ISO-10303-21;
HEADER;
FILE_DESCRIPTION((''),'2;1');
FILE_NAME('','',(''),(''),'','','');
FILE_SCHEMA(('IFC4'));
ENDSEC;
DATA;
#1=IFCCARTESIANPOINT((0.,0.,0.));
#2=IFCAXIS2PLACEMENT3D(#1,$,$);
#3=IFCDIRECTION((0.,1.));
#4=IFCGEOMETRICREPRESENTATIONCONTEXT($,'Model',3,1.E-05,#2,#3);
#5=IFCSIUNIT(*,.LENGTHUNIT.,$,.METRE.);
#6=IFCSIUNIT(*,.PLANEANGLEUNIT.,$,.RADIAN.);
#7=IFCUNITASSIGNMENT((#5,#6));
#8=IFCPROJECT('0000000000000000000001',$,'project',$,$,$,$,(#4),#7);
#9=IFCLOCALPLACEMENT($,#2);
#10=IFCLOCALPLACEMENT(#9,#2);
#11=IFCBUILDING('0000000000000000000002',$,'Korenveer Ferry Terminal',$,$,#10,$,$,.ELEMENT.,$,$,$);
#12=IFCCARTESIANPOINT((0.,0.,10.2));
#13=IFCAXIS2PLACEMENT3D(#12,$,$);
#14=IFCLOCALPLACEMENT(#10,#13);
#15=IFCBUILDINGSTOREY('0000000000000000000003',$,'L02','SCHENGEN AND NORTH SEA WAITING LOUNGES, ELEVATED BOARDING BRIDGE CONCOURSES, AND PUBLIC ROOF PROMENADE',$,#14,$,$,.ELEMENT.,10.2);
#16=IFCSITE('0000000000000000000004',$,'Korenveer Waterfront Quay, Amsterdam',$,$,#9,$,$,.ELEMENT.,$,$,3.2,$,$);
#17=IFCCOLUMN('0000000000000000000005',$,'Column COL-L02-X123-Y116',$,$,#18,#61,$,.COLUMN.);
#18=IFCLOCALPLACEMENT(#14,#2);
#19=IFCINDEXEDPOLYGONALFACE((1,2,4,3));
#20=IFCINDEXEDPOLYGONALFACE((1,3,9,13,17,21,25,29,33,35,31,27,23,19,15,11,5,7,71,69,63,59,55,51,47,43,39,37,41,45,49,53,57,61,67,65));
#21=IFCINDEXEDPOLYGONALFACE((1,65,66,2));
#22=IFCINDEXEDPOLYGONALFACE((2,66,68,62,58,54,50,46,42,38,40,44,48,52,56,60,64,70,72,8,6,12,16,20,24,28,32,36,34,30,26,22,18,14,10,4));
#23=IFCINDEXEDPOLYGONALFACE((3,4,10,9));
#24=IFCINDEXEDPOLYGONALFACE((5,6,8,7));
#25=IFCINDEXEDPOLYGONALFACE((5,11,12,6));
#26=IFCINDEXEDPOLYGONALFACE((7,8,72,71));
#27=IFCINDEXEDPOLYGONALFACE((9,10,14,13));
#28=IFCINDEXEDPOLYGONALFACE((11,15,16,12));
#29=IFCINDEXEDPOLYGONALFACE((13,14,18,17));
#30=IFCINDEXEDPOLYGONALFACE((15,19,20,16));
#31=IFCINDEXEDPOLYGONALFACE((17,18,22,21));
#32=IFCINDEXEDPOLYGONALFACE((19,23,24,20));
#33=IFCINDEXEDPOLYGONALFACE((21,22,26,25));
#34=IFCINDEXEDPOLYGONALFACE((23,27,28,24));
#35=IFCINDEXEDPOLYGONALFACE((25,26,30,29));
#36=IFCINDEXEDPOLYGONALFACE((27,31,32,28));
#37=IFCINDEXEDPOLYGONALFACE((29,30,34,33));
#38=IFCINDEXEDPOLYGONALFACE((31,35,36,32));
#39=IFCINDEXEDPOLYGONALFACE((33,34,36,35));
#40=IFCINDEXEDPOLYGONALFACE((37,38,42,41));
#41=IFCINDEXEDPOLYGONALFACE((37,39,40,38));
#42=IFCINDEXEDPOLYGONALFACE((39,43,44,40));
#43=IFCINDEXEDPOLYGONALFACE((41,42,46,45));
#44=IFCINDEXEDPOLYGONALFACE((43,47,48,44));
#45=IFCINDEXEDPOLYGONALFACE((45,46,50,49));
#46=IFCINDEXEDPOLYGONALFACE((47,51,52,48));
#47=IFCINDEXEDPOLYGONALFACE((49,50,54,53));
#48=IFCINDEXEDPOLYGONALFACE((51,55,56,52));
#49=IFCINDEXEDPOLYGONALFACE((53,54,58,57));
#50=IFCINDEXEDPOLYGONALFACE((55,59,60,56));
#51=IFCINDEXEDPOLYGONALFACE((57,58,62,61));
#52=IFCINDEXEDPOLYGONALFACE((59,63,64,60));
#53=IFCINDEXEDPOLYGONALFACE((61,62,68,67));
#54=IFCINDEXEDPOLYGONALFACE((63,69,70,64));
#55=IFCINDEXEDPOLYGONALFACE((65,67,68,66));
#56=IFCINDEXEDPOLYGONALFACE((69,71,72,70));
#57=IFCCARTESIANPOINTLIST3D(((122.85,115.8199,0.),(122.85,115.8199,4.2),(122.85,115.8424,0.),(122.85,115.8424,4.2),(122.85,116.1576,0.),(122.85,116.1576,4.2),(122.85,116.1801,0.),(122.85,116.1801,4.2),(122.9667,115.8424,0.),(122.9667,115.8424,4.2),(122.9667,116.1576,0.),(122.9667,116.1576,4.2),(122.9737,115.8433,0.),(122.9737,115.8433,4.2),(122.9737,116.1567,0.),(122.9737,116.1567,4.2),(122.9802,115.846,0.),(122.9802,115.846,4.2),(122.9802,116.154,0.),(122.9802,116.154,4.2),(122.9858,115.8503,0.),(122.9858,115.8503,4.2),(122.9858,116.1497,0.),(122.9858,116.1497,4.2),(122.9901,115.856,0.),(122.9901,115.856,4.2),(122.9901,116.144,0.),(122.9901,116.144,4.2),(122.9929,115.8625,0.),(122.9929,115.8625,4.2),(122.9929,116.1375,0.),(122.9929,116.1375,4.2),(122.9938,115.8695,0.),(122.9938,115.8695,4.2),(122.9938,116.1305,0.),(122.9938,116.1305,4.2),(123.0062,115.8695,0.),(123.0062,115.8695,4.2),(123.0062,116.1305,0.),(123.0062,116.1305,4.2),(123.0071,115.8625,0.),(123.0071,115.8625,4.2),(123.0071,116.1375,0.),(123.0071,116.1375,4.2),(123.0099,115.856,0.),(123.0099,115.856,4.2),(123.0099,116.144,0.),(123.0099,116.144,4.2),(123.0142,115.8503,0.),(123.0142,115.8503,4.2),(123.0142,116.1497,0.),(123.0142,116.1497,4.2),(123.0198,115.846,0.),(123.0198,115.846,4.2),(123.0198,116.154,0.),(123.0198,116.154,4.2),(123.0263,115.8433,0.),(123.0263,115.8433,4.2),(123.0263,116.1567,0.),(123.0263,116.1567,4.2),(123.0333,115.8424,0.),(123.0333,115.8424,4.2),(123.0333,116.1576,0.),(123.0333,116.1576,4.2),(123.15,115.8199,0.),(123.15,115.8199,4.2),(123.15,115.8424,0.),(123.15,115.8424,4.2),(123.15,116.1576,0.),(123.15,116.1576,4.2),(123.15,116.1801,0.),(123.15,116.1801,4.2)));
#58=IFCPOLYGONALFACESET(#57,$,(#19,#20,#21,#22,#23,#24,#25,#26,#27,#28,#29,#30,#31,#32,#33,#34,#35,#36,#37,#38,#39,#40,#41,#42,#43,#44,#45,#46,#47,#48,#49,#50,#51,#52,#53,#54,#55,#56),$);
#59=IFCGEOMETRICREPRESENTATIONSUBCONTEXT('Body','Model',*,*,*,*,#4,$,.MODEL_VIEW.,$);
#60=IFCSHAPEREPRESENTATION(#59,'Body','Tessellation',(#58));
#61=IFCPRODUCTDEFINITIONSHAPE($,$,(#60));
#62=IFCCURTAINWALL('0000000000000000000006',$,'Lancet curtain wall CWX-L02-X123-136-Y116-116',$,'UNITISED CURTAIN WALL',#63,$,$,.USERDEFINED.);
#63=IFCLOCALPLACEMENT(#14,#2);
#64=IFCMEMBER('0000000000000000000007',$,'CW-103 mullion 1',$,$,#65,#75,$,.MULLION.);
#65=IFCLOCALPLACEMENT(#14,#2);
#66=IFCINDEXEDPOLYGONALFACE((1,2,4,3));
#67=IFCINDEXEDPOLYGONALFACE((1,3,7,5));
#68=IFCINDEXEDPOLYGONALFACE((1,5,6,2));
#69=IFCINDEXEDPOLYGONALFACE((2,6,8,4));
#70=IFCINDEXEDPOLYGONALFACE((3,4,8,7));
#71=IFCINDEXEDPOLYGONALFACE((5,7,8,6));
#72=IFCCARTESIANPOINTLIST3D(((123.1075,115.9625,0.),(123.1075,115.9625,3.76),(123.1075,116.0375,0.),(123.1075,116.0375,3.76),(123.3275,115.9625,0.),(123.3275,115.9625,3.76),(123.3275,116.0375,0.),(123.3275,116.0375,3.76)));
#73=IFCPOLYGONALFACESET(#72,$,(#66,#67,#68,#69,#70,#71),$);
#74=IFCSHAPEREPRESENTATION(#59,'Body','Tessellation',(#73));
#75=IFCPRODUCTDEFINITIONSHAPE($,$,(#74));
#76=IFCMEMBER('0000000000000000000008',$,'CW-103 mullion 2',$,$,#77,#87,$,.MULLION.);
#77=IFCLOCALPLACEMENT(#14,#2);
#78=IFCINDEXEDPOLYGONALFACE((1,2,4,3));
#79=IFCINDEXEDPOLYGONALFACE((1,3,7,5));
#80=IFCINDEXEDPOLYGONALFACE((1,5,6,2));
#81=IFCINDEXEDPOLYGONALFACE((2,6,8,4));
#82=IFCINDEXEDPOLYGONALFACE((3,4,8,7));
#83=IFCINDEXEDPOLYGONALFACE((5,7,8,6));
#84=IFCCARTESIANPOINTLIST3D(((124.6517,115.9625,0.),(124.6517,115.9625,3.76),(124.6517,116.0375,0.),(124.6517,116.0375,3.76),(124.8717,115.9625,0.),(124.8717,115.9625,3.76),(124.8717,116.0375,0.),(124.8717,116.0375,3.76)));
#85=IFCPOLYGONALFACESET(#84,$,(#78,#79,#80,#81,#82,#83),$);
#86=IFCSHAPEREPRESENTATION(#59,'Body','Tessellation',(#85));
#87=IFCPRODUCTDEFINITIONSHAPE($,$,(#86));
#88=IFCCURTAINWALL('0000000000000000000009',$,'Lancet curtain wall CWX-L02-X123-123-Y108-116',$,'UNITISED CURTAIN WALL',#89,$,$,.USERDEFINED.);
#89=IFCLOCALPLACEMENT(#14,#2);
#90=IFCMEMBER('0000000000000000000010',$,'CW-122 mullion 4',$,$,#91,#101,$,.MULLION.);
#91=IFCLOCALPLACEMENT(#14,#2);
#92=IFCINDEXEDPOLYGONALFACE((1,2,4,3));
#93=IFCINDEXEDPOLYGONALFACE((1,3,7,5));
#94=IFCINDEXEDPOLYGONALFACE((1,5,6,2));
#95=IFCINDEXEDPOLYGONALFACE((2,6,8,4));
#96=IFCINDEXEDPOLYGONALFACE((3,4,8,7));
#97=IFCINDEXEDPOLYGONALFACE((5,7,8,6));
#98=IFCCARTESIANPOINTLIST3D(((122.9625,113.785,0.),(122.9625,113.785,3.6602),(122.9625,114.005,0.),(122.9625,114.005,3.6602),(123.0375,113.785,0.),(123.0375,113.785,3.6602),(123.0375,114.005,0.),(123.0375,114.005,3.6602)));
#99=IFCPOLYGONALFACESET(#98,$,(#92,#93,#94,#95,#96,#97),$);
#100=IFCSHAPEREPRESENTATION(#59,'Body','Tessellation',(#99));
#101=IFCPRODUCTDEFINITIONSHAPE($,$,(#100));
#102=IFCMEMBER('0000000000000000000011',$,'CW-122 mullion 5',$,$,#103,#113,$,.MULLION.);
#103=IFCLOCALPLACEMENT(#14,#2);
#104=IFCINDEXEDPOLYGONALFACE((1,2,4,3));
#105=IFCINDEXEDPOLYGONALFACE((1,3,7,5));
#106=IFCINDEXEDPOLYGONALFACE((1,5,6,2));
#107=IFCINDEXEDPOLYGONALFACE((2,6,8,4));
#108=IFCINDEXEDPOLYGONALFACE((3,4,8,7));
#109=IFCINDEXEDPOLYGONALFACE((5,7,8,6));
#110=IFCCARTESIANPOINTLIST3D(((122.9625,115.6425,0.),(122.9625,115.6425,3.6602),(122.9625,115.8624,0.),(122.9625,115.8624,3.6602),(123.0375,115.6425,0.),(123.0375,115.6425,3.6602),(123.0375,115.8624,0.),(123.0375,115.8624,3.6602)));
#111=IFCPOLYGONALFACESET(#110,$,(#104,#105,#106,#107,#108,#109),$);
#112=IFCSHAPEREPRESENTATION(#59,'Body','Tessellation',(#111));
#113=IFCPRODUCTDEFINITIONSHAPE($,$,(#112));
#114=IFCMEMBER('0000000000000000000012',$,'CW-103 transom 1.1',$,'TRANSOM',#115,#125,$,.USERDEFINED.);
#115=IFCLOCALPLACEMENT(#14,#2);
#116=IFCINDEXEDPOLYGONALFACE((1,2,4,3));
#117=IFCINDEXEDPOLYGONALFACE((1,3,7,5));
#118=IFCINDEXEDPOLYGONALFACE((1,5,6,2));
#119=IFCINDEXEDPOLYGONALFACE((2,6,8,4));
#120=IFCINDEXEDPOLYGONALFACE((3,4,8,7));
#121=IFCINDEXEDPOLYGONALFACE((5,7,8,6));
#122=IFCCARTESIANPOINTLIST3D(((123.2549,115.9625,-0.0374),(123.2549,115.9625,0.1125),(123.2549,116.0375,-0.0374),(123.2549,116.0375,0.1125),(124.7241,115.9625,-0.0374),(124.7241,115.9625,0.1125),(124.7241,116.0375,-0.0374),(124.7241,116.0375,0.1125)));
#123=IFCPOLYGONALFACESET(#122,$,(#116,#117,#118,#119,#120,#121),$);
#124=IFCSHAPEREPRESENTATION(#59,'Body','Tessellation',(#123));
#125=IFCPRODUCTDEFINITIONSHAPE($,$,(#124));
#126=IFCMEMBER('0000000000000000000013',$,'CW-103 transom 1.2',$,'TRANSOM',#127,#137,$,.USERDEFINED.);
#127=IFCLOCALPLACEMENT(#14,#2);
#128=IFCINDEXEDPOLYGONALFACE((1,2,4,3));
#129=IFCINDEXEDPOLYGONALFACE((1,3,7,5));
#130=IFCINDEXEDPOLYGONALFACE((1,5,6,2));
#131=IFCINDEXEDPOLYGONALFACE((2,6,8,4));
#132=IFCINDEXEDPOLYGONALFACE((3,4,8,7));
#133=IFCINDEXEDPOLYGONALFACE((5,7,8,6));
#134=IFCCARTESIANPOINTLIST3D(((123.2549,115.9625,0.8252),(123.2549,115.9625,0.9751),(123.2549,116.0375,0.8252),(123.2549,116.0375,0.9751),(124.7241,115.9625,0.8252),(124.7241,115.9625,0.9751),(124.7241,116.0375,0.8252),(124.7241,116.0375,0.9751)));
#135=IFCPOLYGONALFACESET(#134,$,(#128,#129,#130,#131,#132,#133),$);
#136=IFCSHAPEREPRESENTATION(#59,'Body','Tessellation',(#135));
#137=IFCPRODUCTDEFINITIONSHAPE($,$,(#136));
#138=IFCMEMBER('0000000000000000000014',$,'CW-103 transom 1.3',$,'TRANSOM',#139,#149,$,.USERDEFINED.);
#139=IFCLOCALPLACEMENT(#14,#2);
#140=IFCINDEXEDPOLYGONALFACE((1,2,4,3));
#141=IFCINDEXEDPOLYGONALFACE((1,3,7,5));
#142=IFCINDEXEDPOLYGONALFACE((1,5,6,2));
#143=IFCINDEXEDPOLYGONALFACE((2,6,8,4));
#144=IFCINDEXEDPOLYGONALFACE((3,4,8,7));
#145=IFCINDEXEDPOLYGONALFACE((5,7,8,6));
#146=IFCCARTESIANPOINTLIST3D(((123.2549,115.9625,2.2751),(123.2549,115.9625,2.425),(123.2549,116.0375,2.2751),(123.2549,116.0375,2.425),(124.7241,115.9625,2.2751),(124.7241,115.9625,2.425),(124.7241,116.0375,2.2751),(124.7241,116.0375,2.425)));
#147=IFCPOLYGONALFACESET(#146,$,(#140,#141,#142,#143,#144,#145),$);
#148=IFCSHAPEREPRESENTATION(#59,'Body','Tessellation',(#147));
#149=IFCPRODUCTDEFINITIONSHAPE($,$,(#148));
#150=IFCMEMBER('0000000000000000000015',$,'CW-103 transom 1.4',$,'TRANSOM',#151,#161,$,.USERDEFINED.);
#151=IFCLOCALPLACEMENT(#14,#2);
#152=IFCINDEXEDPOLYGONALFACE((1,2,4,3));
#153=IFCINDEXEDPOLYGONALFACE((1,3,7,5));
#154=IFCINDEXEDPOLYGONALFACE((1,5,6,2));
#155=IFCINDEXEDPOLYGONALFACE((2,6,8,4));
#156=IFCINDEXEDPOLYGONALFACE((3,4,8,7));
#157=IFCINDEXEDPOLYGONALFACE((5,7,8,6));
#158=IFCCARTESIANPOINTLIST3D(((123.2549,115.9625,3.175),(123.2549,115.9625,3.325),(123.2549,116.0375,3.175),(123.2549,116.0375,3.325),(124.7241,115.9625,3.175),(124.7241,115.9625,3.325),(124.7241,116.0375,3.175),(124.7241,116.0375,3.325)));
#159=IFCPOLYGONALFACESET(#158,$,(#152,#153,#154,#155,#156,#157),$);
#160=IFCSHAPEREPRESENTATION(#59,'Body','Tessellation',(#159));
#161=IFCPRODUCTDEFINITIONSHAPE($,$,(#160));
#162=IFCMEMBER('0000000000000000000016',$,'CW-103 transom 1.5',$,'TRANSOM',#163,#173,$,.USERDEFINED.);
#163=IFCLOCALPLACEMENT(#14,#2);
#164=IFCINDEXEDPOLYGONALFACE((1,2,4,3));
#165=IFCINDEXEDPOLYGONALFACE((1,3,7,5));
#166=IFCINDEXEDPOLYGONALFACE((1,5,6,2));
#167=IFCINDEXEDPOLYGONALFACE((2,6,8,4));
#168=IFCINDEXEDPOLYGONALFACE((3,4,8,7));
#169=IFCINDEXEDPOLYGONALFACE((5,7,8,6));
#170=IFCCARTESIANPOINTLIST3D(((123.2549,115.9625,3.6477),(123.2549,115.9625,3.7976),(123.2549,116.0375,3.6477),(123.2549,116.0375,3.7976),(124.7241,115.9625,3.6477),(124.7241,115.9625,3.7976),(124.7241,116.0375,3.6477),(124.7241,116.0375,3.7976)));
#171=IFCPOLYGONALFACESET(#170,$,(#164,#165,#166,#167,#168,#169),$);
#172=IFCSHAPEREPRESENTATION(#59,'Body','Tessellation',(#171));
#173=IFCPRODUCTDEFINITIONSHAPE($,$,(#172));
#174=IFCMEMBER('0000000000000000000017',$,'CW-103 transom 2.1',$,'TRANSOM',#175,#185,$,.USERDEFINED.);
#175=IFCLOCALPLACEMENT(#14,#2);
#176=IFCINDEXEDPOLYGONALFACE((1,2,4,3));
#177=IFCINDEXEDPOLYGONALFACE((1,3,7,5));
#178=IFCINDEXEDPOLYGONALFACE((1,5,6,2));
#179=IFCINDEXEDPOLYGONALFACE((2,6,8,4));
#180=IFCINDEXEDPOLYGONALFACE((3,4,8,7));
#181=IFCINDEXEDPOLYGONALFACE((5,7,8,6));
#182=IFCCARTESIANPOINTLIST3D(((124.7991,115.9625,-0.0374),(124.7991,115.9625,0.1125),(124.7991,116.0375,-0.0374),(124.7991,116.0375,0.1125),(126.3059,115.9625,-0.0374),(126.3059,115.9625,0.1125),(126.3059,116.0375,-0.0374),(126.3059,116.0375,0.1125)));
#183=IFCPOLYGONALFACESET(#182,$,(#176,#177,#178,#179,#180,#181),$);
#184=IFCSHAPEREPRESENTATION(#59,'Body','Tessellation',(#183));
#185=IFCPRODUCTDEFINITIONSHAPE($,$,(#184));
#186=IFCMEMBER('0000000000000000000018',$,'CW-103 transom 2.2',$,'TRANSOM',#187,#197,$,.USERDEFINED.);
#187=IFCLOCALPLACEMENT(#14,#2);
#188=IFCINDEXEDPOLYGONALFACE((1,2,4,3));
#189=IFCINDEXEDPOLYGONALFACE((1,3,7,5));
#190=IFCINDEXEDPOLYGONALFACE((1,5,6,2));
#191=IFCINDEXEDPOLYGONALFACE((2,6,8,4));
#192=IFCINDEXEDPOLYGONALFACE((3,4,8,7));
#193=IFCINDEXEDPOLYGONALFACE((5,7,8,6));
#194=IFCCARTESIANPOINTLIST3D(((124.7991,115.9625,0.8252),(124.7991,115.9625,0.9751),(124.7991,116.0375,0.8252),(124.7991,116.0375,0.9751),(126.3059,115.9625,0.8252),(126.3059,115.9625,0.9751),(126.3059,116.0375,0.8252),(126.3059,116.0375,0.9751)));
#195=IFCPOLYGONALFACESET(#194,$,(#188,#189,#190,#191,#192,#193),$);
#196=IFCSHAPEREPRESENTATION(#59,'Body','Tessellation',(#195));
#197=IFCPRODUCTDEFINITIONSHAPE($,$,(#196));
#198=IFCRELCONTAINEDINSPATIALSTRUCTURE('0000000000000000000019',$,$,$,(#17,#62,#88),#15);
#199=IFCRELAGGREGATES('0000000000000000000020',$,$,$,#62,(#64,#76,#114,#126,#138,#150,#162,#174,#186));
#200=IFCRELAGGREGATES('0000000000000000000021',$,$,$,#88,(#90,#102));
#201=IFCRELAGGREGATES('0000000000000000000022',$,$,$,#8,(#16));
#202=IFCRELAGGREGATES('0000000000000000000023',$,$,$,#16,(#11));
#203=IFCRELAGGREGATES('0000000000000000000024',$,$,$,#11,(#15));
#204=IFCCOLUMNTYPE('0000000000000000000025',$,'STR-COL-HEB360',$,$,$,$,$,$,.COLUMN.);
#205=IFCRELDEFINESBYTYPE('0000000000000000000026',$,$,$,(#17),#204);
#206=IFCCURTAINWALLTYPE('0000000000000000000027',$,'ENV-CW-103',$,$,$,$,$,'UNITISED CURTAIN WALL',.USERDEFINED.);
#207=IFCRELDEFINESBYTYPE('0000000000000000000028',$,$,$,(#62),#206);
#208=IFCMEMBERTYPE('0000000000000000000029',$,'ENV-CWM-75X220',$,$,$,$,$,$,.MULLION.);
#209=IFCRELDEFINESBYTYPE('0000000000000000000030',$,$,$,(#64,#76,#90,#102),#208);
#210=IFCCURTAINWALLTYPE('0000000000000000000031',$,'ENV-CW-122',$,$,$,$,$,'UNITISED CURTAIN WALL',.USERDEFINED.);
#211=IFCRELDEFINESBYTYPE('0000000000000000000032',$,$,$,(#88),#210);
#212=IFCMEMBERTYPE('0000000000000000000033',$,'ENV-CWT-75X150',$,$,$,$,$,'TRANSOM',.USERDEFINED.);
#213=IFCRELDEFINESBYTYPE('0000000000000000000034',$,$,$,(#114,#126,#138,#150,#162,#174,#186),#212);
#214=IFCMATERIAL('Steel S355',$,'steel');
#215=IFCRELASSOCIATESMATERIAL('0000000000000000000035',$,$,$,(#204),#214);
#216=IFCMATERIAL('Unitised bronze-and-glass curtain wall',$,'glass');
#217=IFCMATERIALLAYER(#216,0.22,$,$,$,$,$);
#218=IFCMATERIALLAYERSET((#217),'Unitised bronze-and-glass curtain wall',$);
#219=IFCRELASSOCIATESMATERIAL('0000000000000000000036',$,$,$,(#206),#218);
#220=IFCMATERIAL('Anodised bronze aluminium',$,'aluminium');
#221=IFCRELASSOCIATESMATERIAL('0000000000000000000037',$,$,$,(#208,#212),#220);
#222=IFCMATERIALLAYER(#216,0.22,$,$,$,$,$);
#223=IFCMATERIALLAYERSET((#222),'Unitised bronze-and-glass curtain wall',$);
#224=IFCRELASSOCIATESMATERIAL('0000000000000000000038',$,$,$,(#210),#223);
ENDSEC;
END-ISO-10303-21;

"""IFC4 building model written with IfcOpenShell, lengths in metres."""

from ifc_helpers import new_model, si_unit, direction, frame, origin, origin_2d, place, context, subcontext, project, spatial, rectangle, i_section, extrude, material, layer, layer_set, material_profile, profile_set, type_object, element, aggregate, save


model = new_model("IFC4")

# Units and contexts
model_context = context("Model", 3, precision=1e-05, world=origin(), true_north=direction((0.0, 1.0)))
body_context = subcontext(model_context, "Body", "Model", "MODEL_VIEW")
ifc_project = project(units=[si_unit("LENGTHUNIT", "METRE"), si_unit("PLANEANGLEUNIT", "RADIAN")], contexts=[model_context])

# Site, building, storey
site_placement = place(None, origin())
site = spatial("IfcSite", under=ifc_project, at=site_placement, Name="Korenveer Waterfront Quay, Amsterdam", CompositionType="ELEMENT", RefElevation=3.2)
building_placement = place(site_placement, origin())
building = spatial("IfcBuilding", under=site, at=building_placement, Name="Korenveer Ferry Terminal", CompositionType="ELEMENT")
storey_placement = place(building_placement, frame((0.0, 0.0, 10.2)))
storey = spatial("IfcBuildingStorey", under=building, at=storey_placement, Name="L02", Description="SCHENGEN AND NORTH SEA WAITING LOUNGES, ELEVATED BOARDING BRIDGE CONCOURSES, AND PUBLIC ROOF PROMENADE", CompositionType="ELEMENT", Elevation=10.2)

# Column
ifc_material_1 = material(Name="Steel S355", Category="steel")
ifc_material_profile_1 = material_profile(ifc_material_1, i_section(OverallWidth=0.3, OverallDepth=0.3601, WebThickness=0.0125, FlangeThickness=0.0225, FilletRadius=0.0271, at=origin_2d()), Name="HEB 360")
ifc_profile_set_1 = profile_set([ifc_material_profile_1], Name="Steel S355")
column_type = type_object("IfcColumnType", Name="STR-COL-HEB360", PredefinedType="COLUMN", material=ifc_profile_set_1)
column_placement = place(storey_placement, frame((123.0, 116.0, 0.0), z_axis=(0.0, 0.0, 1.0), x_axis=(1.0, 0.0, 0.0)))
element("IfcColumn", 1, at=column_placement, inside=storey, type_object=column_type, Name="Column COL-L02-X123-Y116", PredefinedType="COLUMN", context=body_context, shape_type="SweptSolid", body=[
    extrude(i_section(OverallWidth=0.3, OverallDepth=0.3601, WebThickness=0.0125, FlangeThickness=0.0225, FilletRadius=0.0271, at=origin_2d()), origin(), (0.0, 0.0, 1.0), 4.2),
])

# Curtain walls, members
ifc_material_2 = material(Name="Unitised bronze-and-glass curtain wall", Category="glass")
ifc_layer_1 = layer(ifc_material_2, 0.22)
ifc_layer_set_1 = layer_set([ifc_layer_1], Name="Unitised bronze-and-glass curtain wall")
curtain_wall_type_1 = type_object("IfcCurtainWallType", Name="ENV-CW-103", ElementType="UNITISED CURTAIN WALL", PredefinedType="USERDEFINED", material=ifc_layer_set_1)
curtain_wall_1_placement = place(storey_placement, frame((123.1799, 116.0, 0.0)))
curtain_wall_1 = element("IfcCurtainWall", 2, at=curtain_wall_1_placement, inside=storey, type_object=curtain_wall_type_1, Name="Lancet curtain wall CWX-L02-X123-136-Y116-116", ObjectType="UNITISED CURTAIN WALL", PredefinedType="USERDEFINED")
ifc_material_3 = material(Name="Anodised bronze aluminium", Category="aluminium")
ifc_material_profile_2 = material_profile(ifc_material_3, rectangle(XDim=0.075, YDim=0.22, at=origin_2d()), Name="ALU 75x220")
ifc_profile_set_2 = profile_set([ifc_material_profile_2], Name="Anodised bronze aluminium")
member_type_1 = type_object("IfcMemberType", Name="ENV-CWM-75X220", PredefinedType="MULLION", material=ifc_profile_set_2)
member_1_placement = place(storey_placement, frame((123.2175, 116.0, 0.0), z_axis=(0.0, 0.0, 1.0), x_axis=(0.0, 1.0, 0.0)))
member_1 = element("IfcMember", 3, at=member_1_placement, type_object=member_type_1, Name="CW-103 mullion 1", PredefinedType="MULLION", context=body_context, shape_type="SweptSolid", body=[
    extrude(rectangle(XDim=0.075, YDim=0.22, at=origin_2d()), origin(), (0.0, 0.0, 1.0), 3.76),
])
member_2_placement = place(storey_placement, frame((124.7617, 116.0, 0.0), z_axis=(0.0, 0.0, 1.0), x_axis=(0.0, 1.0, 0.0)))
member_2 = element("IfcMember", 4, at=member_2_placement, type_object=member_type_1, Name="CW-103 mullion 2", PredefinedType="MULLION", context=body_context, shape_type="SweptSolid", body=[
    extrude(rectangle(XDim=0.075, YDim=0.22, at=origin_2d()), origin(), (0.0, 0.0, 1.0), 3.76),
])
ifc_layer_2 = layer(ifc_material_2, 0.22)
ifc_layer_set_2 = layer_set([ifc_layer_2], Name="Unitised bronze-and-glass curtain wall")
curtain_wall_type_2 = type_object("IfcCurtainWallType", Name="ENV-CW-122", ElementType="UNITISED CURTAIN WALL", PredefinedType="USERDEFINED", material=ifc_layer_set_2)
curtain_wall_2_placement = place(storey_placement, frame((123.0, 108.21, 0.0)))
curtain_wall_2 = element("IfcCurtainWall", 5, at=curtain_wall_2_placement, inside=storey, type_object=curtain_wall_type_2, Name="Lancet curtain wall CWX-L02-X123-123-Y108-116", ObjectType="UNITISED CURTAIN WALL", PredefinedType="USERDEFINED")
member_3_placement = place(storey_placement, frame((123.0, 113.895, 0.0), z_axis=(0.0, 0.0, 1.0), x_axis=(-1.0, 0.0, 0.0)))
member_3 = element("IfcMember", 6, at=member_3_placement, type_object=member_type_1, Name="CW-122 mullion 4", PredefinedType="MULLION", context=body_context, shape_type="SweptSolid", body=[
    extrude(rectangle(XDim=0.075, YDim=0.22, at=origin_2d()), origin(), (0.0, 0.0, 1.0), 3.6602),
])
member_4_placement = place(storey_placement, frame((123.0, 115.7524, 0.0), z_axis=(0.0, 0.0, 1.0), x_axis=(-1.0, 0.0, 0.0)))
member_4 = element("IfcMember", 7, at=member_4_placement, type_object=member_type_1, Name="CW-122 mullion 5", PredefinedType="MULLION", context=body_context, shape_type="SweptSolid", body=[
    extrude(rectangle(XDim=0.075, YDim=0.22, at=origin_2d()), origin(), (0.0, 0.0, 1.0), 3.6602),
])

# Members
ifc_material_profile_3 = material_profile(ifc_material_3, rectangle(XDim=0.075, YDim=0.1499, at=origin_2d()), Name="ALU 75x150")
ifc_profile_set_3 = profile_set([ifc_material_profile_3], Name="Anodised bronze aluminium")
member_type_2 = type_object("IfcMemberType", Name="ENV-CWT-75X150", ElementType="TRANSOM", PredefinedType="USERDEFINED", material=ifc_profile_set_3)
member_5_placement = place(storey_placement, frame((123.2549, 116.0, 0.0376), z_axis=(1.0, 0.0, 0.0), x_axis=(0.0, 1.0, 0.0)))
member_5 = element("IfcMember", 8, at=member_5_placement, type_object=member_type_2, Name="CW-103 transom 1.1", ObjectType="TRANSOM", PredefinedType="USERDEFINED", context=body_context, shape_type="SweptSolid", body=[
    extrude(rectangle(XDim=0.075, YDim=0.1499, at=origin_2d()), origin(), (0.0, 0.0, 1.0), 1.4692),
])
member_6_placement = place(storey_placement, frame((123.2549, 116.0, 0.9001), z_axis=(1.0, 0.0, 0.0), x_axis=(0.0, 1.0, 0.0)))
member_6 = element("IfcMember", 9, at=member_6_placement, type_object=member_type_2, Name="CW-103 transom 1.2", ObjectType="TRANSOM", PredefinedType="USERDEFINED", context=body_context, shape_type="SweptSolid", body=[
    extrude(rectangle(XDim=0.075, YDim=0.1499, at=origin_2d()), origin(), (0.0, 0.0, 1.0), 1.4692),
])
member_7_placement = place(storey_placement, frame((123.2549, 116.0, 2.3501), z_axis=(1.0, 0.0, 0.0), x_axis=(0.0, 1.0, 0.0)))
member_7 = element("IfcMember", 10, at=member_7_placement, type_object=member_type_2, Name="CW-103 transom 1.3", ObjectType="TRANSOM", PredefinedType="USERDEFINED", context=body_context, shape_type="SweptSolid", body=[
    extrude(rectangle(XDim=0.075, YDim=0.1499, at=origin_2d()), origin(), (0.0, 0.0, 1.0), 1.4692),
])
member_8_placement = place(storey_placement, frame((123.2549, 116.0, 3.25), z_axis=(1.0, 0.0, 0.0), x_axis=(0.0, 1.0, 0.0)))
member_8 = element("IfcMember", 11, at=member_8_placement, type_object=member_type_2, Name="CW-103 transom 1.4", ObjectType="TRANSOM", PredefinedType="USERDEFINED", context=body_context, shape_type="SweptSolid", body=[
    extrude(rectangle(XDim=0.075, YDim=0.1499, at=origin_2d()), origin(), (0.0, 0.0, 1.0), 1.4692),
])
member_9_placement = place(storey_placement, frame((123.2549, 116.0, 3.7227), z_axis=(1.0, 0.0, 0.0), x_axis=(0.0, 1.0, 0.0)))
member_9 = element("IfcMember", 12, at=member_9_placement, type_object=member_type_2, Name="CW-103 transom 1.5", ObjectType="TRANSOM", PredefinedType="USERDEFINED", context=body_context, shape_type="SweptSolid", body=[
    extrude(rectangle(XDim=0.075, YDim=0.1499, at=origin_2d()), origin(), (0.0, 0.0, 1.0), 1.4692),
])
member_10_placement = place(storey_placement, frame((124.7991, 116.0, 0.0376), z_axis=(1.0, 0.0, 0.0), x_axis=(0.0, 1.0, 0.0)))
member_10 = element("IfcMember", 13, at=member_10_placement, type_object=member_type_2, Name="CW-103 transom 2.1", ObjectType="TRANSOM", PredefinedType="USERDEFINED", context=body_context, shape_type="SweptSolid", body=[
    extrude(rectangle(XDim=0.075, YDim=0.1499, at=origin_2d()), origin(), (0.0, 0.0, 1.0), 1.5068),
])
member_11_placement = place(storey_placement, frame((124.7991, 116.0, 0.9001), z_axis=(1.0, 0.0, 0.0), x_axis=(0.0, 1.0, 0.0)))
member_11 = element("IfcMember", 14, at=member_11_placement, type_object=member_type_2, Name="CW-103 transom 2.2", ObjectType="TRANSOM", PredefinedType="USERDEFINED", context=body_context, shape_type="SweptSolid", body=[
    extrude(rectangle(XDim=0.075, YDim=0.1499, at=origin_2d()), origin(), (0.0, 0.0, 1.0), 1.5068),
])

aggregate(curtain_wall_1, [member_1, member_2, member_5, member_6, member_7, member_8, member_9, member_10, member_11])
aggregate(curtain_wall_2, [member_3, member_4])

save(model, "model.ifc")
